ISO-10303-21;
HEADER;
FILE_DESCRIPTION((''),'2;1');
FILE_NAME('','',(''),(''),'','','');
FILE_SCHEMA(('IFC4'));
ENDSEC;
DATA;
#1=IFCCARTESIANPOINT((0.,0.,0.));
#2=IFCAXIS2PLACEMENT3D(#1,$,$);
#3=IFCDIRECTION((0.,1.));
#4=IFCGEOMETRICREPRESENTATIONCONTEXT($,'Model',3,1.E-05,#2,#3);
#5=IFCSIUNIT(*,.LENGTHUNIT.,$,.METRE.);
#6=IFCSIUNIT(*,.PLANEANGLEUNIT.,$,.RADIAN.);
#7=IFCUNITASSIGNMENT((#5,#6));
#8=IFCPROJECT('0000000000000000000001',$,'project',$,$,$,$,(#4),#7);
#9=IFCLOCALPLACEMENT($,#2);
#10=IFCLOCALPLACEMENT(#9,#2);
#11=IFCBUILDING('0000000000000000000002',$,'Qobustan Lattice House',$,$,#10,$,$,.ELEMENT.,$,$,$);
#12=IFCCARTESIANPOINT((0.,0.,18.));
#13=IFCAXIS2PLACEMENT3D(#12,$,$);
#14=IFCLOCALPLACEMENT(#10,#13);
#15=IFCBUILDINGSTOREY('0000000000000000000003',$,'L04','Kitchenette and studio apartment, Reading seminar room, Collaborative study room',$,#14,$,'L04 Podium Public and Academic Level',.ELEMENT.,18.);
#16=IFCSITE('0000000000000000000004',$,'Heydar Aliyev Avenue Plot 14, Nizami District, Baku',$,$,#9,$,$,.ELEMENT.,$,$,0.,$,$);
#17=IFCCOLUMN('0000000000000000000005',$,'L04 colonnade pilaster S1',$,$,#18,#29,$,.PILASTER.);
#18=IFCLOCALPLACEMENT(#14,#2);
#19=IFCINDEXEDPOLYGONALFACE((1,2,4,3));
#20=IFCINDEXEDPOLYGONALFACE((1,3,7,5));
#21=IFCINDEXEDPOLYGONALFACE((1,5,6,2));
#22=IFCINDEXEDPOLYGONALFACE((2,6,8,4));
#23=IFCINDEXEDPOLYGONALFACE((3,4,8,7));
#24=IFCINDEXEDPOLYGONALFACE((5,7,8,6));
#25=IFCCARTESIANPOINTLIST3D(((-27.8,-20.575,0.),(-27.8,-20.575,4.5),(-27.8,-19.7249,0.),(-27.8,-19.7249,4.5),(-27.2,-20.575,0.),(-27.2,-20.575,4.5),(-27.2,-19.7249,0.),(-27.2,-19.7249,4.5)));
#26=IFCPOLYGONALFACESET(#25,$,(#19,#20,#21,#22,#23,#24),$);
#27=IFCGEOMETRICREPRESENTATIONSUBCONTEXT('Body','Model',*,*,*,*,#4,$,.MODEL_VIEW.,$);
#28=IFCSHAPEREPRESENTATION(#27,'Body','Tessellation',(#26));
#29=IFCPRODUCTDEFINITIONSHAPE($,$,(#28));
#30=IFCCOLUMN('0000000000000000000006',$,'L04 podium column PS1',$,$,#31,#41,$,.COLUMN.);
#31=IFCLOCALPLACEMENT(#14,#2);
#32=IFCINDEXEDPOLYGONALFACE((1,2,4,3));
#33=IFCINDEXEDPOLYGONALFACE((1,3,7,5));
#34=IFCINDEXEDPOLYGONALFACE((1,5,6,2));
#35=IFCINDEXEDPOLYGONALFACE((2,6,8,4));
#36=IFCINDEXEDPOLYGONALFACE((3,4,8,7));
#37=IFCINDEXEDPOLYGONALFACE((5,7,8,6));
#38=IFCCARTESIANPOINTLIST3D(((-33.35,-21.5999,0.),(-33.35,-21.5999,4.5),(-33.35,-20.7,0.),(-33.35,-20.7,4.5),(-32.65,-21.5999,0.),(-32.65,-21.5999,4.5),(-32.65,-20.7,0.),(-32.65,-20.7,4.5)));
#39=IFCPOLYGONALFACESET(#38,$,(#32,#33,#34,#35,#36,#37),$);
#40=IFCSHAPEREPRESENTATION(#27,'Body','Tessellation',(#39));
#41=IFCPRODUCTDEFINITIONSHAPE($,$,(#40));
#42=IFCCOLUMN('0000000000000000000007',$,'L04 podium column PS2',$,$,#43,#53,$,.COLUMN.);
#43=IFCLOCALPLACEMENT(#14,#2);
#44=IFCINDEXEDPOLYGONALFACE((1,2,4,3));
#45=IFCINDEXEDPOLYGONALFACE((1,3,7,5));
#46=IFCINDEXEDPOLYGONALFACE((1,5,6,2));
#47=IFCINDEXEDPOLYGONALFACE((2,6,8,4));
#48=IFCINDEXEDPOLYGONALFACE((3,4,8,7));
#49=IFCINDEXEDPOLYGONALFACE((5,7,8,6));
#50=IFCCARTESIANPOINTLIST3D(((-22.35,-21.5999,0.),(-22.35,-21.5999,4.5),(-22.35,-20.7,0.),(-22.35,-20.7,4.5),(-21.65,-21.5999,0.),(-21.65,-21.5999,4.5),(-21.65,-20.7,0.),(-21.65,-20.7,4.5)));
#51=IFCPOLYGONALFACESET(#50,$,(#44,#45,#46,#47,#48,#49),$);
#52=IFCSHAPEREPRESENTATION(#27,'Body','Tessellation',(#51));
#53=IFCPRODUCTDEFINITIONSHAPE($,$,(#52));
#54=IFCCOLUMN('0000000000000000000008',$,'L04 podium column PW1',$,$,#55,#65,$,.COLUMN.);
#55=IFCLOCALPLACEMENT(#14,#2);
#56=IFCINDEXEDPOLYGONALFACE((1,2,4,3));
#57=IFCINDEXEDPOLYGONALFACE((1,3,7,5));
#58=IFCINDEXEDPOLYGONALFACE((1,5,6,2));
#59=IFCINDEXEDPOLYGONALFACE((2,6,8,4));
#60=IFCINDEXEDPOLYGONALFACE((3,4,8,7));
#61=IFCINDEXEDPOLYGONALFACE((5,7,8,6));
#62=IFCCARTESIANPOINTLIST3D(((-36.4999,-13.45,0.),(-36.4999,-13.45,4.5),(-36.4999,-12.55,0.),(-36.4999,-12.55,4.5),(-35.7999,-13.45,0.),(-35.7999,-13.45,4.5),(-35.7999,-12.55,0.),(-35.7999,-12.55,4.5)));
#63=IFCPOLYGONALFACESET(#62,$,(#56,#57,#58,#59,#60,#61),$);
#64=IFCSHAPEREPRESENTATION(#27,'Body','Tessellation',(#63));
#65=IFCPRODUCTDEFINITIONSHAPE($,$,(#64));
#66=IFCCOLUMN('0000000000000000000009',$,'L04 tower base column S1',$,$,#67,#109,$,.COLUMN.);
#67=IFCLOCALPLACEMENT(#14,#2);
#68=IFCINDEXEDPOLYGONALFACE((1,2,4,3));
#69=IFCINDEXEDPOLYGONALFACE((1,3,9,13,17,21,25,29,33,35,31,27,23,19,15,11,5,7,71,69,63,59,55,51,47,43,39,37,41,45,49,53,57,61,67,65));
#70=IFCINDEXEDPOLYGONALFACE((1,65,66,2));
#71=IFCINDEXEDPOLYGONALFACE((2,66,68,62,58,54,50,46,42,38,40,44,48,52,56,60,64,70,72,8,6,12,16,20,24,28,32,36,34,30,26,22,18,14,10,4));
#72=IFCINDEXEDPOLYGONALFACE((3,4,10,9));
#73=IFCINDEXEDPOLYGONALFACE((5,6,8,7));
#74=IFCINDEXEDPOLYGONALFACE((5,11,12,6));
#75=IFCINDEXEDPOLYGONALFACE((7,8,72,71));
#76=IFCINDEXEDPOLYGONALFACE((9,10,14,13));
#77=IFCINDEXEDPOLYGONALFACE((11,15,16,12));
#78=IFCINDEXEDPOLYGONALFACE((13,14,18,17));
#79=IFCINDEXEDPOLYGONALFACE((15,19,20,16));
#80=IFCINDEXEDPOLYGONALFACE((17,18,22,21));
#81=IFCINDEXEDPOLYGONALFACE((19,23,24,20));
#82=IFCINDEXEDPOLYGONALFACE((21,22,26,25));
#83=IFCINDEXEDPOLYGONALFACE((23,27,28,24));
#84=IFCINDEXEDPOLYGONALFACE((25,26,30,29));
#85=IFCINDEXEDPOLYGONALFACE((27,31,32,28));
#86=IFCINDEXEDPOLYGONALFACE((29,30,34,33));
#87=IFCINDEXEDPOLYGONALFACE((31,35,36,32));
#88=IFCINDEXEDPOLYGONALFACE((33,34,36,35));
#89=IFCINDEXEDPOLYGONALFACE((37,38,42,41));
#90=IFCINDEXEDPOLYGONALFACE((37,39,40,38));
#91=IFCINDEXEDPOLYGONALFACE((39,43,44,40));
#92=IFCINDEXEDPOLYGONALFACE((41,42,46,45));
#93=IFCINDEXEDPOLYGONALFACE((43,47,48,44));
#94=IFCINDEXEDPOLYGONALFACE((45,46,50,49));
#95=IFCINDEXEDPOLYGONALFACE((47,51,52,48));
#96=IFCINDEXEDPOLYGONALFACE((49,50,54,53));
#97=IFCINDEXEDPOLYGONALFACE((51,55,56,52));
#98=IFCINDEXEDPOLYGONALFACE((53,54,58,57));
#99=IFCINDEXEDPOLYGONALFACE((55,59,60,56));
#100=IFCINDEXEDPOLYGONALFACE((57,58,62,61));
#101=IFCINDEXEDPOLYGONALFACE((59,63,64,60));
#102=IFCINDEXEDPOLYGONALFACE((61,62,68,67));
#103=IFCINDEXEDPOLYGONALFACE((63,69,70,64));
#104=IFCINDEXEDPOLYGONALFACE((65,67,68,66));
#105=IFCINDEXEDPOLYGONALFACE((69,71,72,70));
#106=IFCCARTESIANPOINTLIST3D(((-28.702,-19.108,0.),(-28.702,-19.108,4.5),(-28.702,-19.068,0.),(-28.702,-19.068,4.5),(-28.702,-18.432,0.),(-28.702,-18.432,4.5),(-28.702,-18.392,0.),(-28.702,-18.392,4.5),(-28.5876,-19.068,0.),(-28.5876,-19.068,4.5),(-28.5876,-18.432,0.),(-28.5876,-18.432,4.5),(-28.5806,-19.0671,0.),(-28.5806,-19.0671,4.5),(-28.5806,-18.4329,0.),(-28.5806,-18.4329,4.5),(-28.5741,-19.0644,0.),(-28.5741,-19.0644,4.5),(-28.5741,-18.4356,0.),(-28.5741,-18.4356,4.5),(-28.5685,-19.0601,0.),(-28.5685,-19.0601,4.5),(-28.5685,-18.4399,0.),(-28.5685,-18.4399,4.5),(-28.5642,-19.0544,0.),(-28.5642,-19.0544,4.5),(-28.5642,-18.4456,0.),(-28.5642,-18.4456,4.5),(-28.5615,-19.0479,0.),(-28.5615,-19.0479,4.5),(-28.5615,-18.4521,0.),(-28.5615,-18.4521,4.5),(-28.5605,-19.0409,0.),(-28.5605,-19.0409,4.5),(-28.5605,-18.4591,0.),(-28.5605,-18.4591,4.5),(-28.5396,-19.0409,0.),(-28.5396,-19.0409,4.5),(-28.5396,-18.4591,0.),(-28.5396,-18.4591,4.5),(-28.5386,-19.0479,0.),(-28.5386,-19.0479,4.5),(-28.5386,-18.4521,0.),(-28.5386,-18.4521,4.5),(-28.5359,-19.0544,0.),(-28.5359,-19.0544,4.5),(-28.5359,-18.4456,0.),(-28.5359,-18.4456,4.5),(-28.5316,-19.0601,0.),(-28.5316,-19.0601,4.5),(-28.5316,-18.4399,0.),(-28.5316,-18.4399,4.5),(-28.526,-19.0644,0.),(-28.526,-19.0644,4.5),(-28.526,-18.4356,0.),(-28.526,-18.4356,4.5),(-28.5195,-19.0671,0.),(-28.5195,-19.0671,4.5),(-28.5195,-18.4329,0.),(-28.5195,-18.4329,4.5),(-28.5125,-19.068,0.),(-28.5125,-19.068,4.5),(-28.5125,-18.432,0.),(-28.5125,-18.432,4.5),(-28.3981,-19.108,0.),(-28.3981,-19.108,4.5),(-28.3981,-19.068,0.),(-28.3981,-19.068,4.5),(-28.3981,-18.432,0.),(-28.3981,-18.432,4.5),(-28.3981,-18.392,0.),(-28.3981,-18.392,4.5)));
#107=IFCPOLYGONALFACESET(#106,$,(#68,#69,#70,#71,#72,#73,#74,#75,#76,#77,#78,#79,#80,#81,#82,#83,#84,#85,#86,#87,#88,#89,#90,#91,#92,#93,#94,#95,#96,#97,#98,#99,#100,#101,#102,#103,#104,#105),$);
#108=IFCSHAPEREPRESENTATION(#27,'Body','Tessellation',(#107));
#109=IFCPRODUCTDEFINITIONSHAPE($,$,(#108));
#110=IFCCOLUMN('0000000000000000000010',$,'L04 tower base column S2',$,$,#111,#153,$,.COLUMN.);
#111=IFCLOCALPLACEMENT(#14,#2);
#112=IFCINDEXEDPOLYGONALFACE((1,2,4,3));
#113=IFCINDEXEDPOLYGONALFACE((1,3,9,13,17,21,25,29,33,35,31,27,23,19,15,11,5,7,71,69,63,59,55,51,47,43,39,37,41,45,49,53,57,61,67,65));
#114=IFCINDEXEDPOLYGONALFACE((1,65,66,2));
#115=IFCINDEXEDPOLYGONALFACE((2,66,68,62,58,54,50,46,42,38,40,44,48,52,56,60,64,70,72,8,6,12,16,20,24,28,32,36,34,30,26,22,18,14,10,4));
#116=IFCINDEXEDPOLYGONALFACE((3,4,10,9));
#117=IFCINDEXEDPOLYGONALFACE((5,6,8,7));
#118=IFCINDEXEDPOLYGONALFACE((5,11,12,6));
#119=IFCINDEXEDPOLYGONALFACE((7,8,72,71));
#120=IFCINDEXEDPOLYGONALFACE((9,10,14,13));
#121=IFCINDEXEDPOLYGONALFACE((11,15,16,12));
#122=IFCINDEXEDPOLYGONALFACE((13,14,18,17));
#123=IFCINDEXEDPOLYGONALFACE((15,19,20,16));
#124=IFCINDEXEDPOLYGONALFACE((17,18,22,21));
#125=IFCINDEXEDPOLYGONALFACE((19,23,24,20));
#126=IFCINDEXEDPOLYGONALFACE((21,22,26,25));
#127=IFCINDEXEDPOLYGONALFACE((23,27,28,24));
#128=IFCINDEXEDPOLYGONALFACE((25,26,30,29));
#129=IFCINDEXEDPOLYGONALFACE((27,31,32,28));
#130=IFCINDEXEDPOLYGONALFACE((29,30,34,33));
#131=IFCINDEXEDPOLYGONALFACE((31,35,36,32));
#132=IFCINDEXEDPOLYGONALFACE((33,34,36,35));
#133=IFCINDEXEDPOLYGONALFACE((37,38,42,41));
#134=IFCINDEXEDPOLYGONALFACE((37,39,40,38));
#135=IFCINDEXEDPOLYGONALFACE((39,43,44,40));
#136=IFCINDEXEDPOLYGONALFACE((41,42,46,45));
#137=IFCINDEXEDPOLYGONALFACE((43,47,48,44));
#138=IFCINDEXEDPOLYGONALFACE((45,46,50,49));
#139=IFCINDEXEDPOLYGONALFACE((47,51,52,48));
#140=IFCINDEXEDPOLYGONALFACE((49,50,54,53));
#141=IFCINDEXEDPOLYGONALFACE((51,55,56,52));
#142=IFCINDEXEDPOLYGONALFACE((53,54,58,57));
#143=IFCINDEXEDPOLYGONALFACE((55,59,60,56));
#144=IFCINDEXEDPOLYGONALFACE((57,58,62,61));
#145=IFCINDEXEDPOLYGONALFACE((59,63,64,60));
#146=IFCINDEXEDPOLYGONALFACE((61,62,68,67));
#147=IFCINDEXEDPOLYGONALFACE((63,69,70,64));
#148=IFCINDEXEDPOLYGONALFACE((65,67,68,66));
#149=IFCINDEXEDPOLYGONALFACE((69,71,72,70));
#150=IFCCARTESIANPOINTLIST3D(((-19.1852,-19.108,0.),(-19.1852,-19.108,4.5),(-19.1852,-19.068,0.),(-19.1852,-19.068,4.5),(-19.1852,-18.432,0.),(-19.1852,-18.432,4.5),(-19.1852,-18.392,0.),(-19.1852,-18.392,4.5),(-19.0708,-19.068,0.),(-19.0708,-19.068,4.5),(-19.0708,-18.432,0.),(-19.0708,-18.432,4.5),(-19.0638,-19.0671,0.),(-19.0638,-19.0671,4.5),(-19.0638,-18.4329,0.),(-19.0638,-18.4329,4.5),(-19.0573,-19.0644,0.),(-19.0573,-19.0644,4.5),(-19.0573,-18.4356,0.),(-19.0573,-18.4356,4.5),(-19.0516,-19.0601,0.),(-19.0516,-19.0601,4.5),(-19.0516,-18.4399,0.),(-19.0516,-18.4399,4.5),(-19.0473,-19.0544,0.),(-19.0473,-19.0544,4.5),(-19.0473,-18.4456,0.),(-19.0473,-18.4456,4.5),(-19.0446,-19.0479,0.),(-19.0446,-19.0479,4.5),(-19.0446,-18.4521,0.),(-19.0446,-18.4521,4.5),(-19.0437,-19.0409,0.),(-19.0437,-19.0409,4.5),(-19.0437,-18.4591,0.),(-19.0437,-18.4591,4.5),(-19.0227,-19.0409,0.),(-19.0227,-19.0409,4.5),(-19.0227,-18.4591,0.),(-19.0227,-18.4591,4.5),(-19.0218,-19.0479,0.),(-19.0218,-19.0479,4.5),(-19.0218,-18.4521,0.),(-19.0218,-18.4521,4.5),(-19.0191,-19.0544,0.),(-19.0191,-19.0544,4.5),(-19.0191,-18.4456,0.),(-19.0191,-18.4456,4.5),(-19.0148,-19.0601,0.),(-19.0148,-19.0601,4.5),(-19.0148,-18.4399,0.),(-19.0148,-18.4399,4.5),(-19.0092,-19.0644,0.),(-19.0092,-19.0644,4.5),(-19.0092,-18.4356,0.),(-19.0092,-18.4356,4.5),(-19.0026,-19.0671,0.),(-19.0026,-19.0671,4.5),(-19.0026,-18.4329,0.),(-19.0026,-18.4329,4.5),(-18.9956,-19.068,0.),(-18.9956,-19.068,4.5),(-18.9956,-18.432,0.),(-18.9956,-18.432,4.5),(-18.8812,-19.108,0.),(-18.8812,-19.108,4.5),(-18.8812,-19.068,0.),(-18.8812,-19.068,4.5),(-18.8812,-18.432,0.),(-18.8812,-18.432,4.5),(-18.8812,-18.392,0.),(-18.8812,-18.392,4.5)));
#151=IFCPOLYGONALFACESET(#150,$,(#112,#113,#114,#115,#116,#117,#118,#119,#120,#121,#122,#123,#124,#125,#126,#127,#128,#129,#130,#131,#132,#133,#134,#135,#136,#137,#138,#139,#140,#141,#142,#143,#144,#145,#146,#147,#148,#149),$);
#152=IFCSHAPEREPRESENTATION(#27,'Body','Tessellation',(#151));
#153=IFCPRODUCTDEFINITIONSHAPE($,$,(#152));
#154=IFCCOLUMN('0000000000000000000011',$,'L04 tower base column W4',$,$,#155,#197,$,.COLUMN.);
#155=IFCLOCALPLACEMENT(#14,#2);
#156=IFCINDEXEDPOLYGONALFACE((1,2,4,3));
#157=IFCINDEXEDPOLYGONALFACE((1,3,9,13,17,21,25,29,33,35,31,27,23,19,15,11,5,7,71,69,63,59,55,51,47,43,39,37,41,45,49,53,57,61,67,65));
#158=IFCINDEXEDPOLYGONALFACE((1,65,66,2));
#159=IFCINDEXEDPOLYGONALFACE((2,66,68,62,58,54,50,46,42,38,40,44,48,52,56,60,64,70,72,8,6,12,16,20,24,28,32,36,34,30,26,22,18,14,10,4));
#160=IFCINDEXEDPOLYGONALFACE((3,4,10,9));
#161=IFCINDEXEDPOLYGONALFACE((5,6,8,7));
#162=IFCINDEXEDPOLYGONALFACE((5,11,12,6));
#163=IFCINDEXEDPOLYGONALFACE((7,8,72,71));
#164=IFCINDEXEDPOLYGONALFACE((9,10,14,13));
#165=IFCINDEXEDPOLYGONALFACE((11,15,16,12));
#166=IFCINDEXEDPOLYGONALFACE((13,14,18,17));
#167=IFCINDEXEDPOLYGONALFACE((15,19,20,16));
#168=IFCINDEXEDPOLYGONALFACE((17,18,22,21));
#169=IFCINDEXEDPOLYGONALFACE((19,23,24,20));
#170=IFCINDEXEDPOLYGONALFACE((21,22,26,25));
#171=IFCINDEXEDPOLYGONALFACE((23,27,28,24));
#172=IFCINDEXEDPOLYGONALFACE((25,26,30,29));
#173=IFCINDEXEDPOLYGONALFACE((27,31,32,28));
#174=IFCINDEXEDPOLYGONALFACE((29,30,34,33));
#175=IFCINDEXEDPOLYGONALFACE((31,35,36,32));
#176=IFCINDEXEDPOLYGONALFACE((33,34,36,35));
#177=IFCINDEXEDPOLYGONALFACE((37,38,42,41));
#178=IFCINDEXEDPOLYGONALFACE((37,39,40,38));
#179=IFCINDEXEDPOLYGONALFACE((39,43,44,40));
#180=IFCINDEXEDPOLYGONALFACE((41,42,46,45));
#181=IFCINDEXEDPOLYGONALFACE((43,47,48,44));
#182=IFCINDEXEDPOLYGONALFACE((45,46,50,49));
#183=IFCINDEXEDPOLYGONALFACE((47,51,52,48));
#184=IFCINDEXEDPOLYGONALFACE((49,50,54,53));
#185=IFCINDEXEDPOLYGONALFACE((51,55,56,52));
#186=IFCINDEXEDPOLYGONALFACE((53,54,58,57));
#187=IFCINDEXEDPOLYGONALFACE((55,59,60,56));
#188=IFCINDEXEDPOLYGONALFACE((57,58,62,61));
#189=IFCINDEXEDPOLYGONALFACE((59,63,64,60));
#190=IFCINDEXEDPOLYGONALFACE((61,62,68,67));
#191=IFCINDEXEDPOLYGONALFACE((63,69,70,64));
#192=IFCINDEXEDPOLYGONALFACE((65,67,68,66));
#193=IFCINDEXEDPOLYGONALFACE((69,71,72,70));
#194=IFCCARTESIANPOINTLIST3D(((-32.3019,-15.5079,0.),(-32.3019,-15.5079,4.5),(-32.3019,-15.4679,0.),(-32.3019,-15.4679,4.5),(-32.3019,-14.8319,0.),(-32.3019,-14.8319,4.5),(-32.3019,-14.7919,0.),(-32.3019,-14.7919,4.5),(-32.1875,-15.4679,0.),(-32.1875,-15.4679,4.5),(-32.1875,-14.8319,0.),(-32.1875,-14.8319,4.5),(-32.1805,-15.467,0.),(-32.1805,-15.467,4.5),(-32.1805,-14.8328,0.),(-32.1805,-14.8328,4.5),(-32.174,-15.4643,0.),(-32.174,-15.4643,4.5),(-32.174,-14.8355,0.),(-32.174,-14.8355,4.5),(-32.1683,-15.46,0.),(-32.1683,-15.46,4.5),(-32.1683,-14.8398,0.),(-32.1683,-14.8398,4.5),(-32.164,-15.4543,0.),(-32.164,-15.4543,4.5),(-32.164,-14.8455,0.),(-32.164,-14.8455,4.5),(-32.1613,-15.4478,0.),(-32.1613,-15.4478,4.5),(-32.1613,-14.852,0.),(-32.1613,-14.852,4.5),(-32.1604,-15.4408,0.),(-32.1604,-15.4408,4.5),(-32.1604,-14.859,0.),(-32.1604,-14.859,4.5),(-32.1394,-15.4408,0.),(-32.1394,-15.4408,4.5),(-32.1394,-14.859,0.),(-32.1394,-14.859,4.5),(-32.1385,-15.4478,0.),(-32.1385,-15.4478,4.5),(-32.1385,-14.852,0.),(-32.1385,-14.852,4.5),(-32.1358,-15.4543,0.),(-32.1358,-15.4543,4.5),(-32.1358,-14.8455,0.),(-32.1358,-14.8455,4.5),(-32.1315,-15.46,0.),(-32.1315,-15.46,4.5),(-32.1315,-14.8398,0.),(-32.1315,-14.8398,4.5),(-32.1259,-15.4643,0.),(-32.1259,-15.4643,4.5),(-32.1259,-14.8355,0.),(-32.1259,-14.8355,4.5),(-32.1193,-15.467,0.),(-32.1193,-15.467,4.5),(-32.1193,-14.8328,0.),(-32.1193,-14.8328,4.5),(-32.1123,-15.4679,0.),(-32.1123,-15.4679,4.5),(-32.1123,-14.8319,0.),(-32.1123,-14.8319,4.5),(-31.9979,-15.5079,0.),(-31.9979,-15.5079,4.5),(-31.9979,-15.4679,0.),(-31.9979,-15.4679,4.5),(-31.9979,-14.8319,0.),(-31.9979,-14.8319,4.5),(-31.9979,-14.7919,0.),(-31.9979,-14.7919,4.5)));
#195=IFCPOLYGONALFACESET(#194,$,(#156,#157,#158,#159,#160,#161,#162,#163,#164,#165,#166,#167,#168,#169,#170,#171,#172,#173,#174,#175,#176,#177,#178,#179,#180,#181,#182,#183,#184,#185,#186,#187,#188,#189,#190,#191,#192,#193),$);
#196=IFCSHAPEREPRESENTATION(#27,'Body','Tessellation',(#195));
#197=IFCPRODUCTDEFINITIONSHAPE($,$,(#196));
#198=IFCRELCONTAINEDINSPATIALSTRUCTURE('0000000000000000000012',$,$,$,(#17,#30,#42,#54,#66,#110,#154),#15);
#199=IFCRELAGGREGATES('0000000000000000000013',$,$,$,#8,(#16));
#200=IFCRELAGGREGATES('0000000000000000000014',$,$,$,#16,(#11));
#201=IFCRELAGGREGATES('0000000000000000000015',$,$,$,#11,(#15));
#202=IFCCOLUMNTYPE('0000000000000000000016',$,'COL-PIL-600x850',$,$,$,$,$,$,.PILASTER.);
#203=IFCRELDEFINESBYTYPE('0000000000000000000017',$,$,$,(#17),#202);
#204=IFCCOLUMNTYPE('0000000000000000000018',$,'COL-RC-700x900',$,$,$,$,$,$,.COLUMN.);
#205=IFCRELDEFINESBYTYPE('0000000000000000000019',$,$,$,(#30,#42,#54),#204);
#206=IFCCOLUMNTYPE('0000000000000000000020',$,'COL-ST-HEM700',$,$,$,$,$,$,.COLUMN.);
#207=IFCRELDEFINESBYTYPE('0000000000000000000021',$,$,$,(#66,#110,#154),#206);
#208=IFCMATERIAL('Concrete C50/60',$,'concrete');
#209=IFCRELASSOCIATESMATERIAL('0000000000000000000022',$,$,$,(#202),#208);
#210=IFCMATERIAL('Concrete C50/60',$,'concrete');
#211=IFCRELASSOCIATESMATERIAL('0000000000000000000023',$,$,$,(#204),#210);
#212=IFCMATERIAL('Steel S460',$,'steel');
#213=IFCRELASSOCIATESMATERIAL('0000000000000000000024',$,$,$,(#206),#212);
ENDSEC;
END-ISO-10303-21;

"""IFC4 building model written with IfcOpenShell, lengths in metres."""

from ifc_helpers import new_model, si_unit, direction, frame, origin, origin_2d, place, context, subcontext, project, spatial, rectangle, i_section, extrude, material, material_profile, profile_set, type_object, element, save


model = new_model("IFC4")

# Units and contexts
model_context = context("Model", 3, precision=1e-05, world=origin(), true_north=direction((0.0, 1.0)))
body_context = subcontext(model_context, "Body", "Model", "MODEL_VIEW")
ifc_project = project(units=[si_unit("LENGTHUNIT", "METRE"), si_unit("PLANEANGLEUNIT", "RADIAN")], contexts=[model_context])

# Site, building, storey
site_placement = place(None, origin())
site = spatial("IfcSite", under=ifc_project, at=site_placement, Name="Heydar Aliyev Avenue Plot 14, Nizami District, Baku", CompositionType="ELEMENT", RefElevation=0.0)
building_placement = place(site_placement, origin())
building = spatial("IfcBuilding", under=site, at=building_placement, Name="Qobustan Lattice House", CompositionType="ELEMENT")
storey_placement = place(building_placement, frame((0.0, 0.0, 18.0)))
storey = spatial("IfcBuildingStorey", under=building, at=storey_placement, Name="L04", Description="Kitchenette and studio apartment, Reading seminar room, Collaborative study room", LongName="L04 Podium Public and Academic Level", CompositionType="ELEMENT", Elevation=18.0)

# Columns
ifc_material_1 = material(Name="Concrete C50/60", Category="concrete")
ifc_material_profile_1 = material_profile(ifc_material_1, rectangle(XDim=0.6001, YDim=0.8501, at=origin_2d()), Name="RC600x850")
ifc_profile_set_1 = profile_set([ifc_material_profile_1], Name="Concrete C50/60")
column_type_1 = type_object("IfcColumnType", Name="COL-PIL-600x850", PredefinedType="PILASTER", material=ifc_profile_set_1)
column_placement = place(storey_placement, frame((-27.5, -20.1499, 0.0), z_axis=(0.0, 0.0, 1.0), x_axis=(1.0, 0.0, 0.0)))
element("IfcColumn", 1, at=column_placement, inside=storey, type_object=column_type_1, Name="L04 colonnade pilaster S1", PredefinedType="PILASTER", context=body_context, shape_type="SweptSolid", body=[
    extrude(rectangle(XDim=0.6001, YDim=0.8501, at=origin_2d()), origin(), (0.0, 0.0, 1.0), 4.5),
])
ifc_material_2 = material(Name="Concrete C50/60", Category="concrete")
ifc_material_profile_2 = material_profile(ifc_material_2, rectangle(XDim=0.7, YDim=0.8999, at=origin_2d()), Name="RC700x900")
ifc_profile_set_2 = profile_set([ifc_material_profile_2], Name="Concrete C50/60")
column_type_2 = type_object("IfcColumnType", Name="COL-RC-700x900", PredefinedType="COLUMN", material=ifc_profile_set_2)
for number, where, z_axis, x_axis, name in (
    (2, (-33.0, -21.1499, 0.0), (0.0, 0.0, 1.0), (1.0, 0.0, 0.0), "L04 podium column PS1"),
    (3, (-22.0, -21.1499, 0.0), (0.0, 0.0, 1.0), (1.0, 0.0, 0.0), "L04 podium column PS2"),
    (4, (-36.1499, -13.0, 0.0), (0.0, 0.0, 1.0), (1.0, 0.0, 0.0), "L04 podium column PW1"),
):
    element("IfcColumn", number, at=place(storey_placement, frame(where, z_axis=z_axis, x_axis=x_axis)), inside=storey, type_object=column_type_2, Name=name, PredefinedType="COLUMN", context=body_context, shape_type="SweptSolid", body=[
        extrude(rectangle(XDim=0.7, YDim=0.8999, at=origin_2d()), origin(), (0.0, 0.0, 1.0), 4.5),
    ])
ifc_material_3 = material(Name="Steel S460", Category="steel")
ifc_material_profile_3 = material_profile(ifc_material_3, i_section(OverallWidth=0.304, OverallDepth=0.7161, WebThickness=0.021, FlangeThickness=0.04, FilletRadius=0.0271, at=origin_2d()), Name="HEM700")
ifc_profile_set_3 = profile_set([ifc_material_profile_3], Name="Steel S460")
column_type_3 = type_object("IfcColumnType", Name="COL-ST-HEM700", PredefinedType="COLUMN", material=ifc_profile_set_3)
for number, where, z_axis, x_axis, name in (
    (5, (-28.55, -18.75, 0.0), (0.0, 0.0, 1.0), (1.0, 0.0, 0.0), "L04 tower base column S1"),
    (6, (-19.0332, -18.75, 0.0), (0.0, 0.0, 1.0), (1.0, 0.0, 0.0), "L04 tower base column S2"),
    (7, (-32.1499, -15.1499, 0.0), (0.0, 0.0, 1.0), (1.0, 0.0, 0.0), "L04 tower base column W4"),
):
    element("IfcColumn", number, at=place(storey_placement, frame(where, z_axis=z_axis, x_axis=x_axis)), inside=storey, type_object=column_type_3, Name=name, PredefinedType="COLUMN", context=body_context, shape_type="SweptSolid", body=[
        extrude(i_section(OverallWidth=0.304, OverallDepth=0.7161, WebThickness=0.021, FlangeThickness=0.04, FilletRadius=0.0271, at=origin_2d()), origin(), (0.0, 0.0, 1.0), 4.5),
    ])

save(model, "model.ifc")
